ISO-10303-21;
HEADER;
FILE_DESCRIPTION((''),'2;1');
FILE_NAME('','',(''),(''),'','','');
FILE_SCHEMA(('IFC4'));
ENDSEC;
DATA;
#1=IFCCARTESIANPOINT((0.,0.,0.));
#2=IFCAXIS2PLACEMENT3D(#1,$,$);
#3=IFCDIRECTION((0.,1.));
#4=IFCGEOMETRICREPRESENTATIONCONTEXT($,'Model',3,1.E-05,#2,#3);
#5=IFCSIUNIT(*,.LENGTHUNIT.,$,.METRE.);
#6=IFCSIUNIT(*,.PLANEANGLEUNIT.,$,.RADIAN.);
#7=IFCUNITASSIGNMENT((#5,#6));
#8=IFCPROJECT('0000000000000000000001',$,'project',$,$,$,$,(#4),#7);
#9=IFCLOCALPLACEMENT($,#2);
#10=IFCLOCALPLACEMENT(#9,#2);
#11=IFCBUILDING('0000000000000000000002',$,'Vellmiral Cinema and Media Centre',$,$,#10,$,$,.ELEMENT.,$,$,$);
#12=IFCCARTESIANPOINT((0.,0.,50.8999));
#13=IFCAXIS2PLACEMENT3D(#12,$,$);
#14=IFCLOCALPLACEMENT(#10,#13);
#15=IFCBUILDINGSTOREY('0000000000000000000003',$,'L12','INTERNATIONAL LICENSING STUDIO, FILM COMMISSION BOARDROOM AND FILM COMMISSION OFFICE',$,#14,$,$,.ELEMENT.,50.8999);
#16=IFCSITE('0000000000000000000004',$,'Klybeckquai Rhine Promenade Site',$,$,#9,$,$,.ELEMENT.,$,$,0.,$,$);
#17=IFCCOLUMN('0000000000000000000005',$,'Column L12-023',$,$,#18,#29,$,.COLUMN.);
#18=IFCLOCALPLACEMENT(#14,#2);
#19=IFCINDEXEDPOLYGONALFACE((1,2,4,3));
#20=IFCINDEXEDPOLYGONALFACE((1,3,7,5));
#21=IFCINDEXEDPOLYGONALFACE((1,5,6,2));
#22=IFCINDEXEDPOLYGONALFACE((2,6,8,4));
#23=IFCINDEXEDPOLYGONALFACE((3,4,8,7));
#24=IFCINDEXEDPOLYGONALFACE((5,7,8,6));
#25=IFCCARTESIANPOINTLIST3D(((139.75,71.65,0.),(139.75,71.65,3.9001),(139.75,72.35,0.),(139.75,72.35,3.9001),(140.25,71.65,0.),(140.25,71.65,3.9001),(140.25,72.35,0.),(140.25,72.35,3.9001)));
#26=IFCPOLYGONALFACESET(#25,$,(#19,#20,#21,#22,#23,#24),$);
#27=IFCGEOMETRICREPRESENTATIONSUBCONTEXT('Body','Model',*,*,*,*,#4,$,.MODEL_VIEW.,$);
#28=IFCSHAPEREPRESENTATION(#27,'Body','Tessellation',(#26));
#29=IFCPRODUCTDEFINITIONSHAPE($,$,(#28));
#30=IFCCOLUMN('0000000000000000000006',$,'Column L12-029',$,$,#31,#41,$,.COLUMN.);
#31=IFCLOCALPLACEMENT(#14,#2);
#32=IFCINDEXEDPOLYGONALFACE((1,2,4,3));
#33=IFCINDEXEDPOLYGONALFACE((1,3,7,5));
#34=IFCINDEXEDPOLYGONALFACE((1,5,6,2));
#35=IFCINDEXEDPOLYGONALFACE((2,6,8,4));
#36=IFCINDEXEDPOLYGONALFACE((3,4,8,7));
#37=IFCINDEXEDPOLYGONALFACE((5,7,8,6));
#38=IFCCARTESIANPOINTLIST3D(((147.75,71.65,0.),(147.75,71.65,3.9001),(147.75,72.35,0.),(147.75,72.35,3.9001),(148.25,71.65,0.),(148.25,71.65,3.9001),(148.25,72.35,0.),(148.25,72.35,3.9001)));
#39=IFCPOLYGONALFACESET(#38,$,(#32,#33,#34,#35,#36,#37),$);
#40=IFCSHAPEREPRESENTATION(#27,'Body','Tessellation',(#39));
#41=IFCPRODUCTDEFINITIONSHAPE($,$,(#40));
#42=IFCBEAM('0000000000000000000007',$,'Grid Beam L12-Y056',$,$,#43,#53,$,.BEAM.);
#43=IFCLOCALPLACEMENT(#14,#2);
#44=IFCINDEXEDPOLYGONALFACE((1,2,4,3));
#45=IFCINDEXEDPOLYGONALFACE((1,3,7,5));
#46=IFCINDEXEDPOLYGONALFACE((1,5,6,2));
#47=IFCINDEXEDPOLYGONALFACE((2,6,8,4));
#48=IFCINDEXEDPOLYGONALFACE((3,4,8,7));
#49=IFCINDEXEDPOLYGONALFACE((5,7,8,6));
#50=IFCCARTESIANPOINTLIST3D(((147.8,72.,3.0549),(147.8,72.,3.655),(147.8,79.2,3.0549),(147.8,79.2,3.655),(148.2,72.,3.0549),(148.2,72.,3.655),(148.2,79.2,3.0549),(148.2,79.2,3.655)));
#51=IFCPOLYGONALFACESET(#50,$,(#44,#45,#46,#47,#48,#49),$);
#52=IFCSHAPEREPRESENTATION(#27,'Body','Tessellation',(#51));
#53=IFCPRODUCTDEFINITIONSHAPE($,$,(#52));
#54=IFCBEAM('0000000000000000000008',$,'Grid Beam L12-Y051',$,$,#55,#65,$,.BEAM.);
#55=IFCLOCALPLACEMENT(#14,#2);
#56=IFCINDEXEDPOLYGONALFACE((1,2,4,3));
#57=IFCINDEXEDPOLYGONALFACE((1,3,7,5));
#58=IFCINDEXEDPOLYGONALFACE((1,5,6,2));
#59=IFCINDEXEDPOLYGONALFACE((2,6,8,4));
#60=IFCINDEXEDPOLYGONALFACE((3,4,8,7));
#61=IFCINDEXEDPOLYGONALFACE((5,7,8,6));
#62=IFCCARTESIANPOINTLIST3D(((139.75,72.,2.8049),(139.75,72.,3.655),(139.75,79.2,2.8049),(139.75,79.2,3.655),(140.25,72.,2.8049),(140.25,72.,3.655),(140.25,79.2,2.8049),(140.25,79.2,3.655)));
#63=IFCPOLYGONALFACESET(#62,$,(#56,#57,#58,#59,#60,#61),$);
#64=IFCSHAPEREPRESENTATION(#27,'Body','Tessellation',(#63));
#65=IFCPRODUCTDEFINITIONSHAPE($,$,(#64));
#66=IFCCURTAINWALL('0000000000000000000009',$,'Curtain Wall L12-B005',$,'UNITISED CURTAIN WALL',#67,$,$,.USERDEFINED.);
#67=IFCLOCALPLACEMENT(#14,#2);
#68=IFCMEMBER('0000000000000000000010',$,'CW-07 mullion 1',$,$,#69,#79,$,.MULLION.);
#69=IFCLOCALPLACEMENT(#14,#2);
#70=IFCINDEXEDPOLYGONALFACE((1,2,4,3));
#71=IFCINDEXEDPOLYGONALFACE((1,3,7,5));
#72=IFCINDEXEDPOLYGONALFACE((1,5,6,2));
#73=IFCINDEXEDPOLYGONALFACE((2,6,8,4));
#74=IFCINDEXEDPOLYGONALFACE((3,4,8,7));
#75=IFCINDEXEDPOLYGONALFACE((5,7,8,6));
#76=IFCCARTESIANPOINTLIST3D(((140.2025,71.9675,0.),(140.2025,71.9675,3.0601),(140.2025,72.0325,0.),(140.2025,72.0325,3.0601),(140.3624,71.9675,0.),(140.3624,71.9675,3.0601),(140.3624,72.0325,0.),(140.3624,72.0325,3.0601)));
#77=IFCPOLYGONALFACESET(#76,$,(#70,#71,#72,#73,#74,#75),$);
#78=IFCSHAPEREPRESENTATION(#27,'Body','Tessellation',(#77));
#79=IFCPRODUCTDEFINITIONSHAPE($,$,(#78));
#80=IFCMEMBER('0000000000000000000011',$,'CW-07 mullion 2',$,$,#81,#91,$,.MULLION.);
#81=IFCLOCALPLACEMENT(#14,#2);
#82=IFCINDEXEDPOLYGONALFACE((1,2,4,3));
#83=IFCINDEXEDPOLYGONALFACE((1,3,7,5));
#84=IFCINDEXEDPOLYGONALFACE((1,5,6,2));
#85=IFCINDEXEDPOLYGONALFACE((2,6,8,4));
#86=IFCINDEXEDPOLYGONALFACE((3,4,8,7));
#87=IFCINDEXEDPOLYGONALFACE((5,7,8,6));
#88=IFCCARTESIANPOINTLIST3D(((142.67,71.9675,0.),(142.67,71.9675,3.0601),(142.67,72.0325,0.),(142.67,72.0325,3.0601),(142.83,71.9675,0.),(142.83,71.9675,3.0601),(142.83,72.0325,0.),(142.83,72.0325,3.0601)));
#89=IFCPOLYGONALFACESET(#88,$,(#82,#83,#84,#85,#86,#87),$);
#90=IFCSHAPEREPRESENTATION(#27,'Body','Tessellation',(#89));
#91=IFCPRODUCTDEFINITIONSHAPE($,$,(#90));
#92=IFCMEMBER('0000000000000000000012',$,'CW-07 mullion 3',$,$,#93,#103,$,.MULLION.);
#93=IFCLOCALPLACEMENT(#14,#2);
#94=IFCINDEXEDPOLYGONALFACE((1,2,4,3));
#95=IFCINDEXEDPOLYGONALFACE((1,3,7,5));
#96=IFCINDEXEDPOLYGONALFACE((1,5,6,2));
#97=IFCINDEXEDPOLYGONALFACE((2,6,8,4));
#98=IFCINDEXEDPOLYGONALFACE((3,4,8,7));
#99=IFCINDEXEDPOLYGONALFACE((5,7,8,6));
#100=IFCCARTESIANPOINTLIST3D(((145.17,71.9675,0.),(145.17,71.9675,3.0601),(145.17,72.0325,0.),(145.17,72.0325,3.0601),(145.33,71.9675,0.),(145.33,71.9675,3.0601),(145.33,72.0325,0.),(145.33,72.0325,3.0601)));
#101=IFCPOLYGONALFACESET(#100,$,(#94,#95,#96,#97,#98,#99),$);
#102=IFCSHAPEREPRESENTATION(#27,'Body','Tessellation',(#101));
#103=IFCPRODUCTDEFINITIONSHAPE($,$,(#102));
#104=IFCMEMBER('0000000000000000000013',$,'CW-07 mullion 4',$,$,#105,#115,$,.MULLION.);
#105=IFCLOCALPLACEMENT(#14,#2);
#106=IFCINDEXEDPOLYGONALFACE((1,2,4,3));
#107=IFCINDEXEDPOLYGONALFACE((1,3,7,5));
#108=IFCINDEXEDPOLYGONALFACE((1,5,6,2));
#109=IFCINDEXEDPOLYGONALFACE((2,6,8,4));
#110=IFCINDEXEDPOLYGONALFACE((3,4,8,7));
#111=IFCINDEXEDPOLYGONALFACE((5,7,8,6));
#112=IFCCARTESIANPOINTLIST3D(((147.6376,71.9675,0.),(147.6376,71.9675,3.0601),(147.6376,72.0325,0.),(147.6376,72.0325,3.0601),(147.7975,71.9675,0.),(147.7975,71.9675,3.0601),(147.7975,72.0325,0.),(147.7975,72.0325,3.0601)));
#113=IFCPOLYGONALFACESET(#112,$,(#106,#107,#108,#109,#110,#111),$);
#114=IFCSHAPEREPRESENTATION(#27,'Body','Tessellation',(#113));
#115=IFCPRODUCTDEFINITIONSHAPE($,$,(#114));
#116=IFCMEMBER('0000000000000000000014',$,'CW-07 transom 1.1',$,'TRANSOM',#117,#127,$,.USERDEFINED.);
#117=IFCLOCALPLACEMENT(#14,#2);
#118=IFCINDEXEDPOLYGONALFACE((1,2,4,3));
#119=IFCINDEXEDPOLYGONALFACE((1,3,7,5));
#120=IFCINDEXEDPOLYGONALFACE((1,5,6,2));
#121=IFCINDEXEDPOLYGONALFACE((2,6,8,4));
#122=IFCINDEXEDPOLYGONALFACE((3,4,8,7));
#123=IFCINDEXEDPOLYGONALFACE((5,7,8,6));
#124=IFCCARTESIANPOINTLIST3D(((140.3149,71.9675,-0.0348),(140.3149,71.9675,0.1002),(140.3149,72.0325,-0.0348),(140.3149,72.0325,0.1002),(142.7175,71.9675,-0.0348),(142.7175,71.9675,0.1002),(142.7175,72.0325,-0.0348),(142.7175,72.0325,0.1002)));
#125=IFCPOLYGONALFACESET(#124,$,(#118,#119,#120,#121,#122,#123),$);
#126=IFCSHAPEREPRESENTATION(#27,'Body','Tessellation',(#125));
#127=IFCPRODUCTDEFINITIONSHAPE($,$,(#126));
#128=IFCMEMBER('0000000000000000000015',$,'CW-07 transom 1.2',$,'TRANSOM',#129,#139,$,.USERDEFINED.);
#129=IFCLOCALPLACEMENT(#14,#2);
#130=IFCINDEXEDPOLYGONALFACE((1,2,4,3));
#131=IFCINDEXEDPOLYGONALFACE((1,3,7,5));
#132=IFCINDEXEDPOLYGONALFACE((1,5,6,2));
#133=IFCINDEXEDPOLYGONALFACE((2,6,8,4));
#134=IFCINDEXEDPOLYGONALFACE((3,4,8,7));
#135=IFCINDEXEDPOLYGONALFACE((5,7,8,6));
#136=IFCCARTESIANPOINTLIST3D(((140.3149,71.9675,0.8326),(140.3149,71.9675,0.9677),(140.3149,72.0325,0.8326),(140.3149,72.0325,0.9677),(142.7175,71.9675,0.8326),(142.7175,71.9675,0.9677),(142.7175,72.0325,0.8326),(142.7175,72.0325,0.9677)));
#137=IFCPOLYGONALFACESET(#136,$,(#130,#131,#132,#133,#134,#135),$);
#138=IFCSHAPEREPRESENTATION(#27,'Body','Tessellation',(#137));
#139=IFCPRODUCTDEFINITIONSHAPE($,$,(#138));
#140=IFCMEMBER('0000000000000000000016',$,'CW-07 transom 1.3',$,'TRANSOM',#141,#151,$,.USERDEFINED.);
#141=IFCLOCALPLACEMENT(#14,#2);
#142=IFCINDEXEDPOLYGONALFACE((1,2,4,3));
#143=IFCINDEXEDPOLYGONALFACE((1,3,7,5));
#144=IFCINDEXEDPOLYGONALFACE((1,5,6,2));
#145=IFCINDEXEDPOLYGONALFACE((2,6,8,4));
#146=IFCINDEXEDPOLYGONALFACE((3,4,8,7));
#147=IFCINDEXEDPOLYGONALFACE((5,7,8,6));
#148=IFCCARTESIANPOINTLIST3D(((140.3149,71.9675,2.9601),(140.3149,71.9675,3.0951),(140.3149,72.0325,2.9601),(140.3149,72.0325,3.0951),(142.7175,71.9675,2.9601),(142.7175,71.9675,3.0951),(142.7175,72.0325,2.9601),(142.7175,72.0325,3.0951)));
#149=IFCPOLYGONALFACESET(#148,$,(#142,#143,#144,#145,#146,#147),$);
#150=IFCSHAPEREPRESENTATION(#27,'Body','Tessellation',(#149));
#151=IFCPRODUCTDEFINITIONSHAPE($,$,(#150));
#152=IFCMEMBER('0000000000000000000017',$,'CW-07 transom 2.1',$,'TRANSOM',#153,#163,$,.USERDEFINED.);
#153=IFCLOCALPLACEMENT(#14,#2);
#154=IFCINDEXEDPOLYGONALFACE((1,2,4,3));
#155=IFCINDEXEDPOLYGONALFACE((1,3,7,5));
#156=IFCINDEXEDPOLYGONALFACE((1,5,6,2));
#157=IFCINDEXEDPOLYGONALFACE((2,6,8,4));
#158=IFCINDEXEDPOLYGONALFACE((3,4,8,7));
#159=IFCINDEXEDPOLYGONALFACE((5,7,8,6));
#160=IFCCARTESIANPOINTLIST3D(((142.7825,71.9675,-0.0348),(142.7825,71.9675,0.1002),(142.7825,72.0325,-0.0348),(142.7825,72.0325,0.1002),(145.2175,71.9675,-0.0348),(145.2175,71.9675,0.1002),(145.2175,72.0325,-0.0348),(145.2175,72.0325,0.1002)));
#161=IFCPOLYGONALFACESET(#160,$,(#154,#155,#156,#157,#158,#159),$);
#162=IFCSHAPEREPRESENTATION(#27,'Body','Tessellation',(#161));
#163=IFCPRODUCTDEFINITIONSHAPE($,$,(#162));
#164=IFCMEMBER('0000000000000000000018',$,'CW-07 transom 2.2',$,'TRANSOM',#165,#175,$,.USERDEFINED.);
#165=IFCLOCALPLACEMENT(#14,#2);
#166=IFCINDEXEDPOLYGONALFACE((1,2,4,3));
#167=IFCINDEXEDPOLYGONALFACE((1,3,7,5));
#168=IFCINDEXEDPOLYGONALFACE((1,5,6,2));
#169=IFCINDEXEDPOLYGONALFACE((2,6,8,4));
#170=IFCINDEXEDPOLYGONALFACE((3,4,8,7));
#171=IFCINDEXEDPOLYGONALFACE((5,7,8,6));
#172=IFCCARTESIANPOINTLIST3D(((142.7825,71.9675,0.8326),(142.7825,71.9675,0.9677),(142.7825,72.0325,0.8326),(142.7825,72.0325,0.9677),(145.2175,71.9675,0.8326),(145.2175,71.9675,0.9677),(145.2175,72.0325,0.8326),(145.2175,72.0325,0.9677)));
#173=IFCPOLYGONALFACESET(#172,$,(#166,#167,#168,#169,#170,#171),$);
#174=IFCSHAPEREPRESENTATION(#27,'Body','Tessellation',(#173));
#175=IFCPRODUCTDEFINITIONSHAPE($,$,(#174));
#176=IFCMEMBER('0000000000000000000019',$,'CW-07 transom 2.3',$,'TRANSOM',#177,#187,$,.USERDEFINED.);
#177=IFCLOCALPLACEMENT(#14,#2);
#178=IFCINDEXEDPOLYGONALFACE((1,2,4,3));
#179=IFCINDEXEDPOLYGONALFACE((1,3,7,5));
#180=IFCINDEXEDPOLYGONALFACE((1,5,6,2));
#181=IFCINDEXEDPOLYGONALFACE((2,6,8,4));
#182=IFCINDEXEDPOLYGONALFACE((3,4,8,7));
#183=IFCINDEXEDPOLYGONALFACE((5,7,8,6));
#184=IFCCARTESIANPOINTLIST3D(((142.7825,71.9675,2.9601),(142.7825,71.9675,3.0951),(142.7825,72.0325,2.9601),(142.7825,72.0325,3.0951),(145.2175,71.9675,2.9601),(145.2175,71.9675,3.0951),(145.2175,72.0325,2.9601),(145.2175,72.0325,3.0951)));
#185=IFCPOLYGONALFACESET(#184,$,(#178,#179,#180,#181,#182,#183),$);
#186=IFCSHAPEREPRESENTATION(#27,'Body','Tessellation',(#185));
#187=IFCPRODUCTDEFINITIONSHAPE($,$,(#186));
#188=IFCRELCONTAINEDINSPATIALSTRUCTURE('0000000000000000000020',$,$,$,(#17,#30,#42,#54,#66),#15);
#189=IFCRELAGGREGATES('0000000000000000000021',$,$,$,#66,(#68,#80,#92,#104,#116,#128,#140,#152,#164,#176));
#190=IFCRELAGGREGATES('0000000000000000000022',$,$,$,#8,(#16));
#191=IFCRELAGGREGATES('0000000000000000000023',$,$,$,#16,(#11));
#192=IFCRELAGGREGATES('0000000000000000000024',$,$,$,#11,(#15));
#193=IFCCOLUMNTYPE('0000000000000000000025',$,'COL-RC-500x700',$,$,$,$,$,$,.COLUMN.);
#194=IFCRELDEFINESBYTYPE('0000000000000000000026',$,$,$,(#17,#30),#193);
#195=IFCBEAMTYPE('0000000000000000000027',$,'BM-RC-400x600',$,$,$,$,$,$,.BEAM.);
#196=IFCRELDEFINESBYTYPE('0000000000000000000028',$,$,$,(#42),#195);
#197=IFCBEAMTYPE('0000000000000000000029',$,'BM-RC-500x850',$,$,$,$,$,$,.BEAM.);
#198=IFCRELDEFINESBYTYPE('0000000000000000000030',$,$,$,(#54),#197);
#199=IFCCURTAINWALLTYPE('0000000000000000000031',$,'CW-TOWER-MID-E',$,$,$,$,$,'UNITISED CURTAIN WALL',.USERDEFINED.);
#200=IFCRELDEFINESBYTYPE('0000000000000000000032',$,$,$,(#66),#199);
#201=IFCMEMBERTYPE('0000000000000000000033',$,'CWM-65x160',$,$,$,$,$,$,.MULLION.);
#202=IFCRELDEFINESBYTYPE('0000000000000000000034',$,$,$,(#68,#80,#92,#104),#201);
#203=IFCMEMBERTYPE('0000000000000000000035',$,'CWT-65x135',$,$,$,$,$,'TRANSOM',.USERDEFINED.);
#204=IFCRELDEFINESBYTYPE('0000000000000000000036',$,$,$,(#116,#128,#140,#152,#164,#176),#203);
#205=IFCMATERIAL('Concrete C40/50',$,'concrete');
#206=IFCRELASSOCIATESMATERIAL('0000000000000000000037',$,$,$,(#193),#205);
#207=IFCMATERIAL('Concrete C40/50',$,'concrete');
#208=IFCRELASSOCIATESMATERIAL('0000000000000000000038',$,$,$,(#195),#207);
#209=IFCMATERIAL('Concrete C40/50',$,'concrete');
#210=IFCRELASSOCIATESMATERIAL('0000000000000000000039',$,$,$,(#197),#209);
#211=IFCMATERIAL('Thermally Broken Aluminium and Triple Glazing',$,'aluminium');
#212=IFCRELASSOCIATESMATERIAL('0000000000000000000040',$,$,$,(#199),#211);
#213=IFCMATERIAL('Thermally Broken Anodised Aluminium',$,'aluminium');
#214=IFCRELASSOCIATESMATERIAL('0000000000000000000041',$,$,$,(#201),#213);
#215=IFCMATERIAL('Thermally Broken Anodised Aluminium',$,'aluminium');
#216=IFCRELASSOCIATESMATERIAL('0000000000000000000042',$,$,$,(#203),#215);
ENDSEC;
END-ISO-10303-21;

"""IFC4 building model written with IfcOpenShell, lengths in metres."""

from ifc_helpers import new_model, si_unit, direction, frame, origin, origin_2d, place, context, subcontext, project, spatial, rectangle, extrude, material, material_profile, profile_set, type_object, element, aggregate, save


model = new_model("IFC4")

# Units and contexts
model_context = context("Model", 3, precision=1e-05, world=origin(), true_north=direction((0.0, 1.0)))
body_context = subcontext(model_context, "Body", "Model", "MODEL_VIEW")
ifc_project = project(units=[si_unit("LENGTHUNIT", "METRE"), si_unit("PLANEANGLEUNIT", "RADIAN")], contexts=[model_context])

# Site, building, storey
site_placement = place(None, origin())
site = spatial("IfcSite", under=ifc_project, at=site_placement, Name="Klybeckquai Rhine Promenade Site", CompositionType="ELEMENT", RefElevation=0.0)
building_placement = place(site_placement, origin())
building = spatial("IfcBuilding", under=site, at=building_placement, Name="Vellmiral Cinema and Media Centre", CompositionType="ELEMENT")
storey_placement = place(building_placement, frame((0.0, 0.0, 50.8999)))
storey = spatial("IfcBuildingStorey", under=building, at=storey_placement, Name="L12", Description="INTERNATIONAL LICENSING STUDIO, FILM COMMISSION BOARDROOM AND FILM COMMISSION OFFICE", CompositionType="ELEMENT", Elevation=50.8999)

# Columns
ifc_material_1 = material(Name="Concrete C40/50", Category="concrete")
ifc_material_profile_1 = material_profile(ifc_material_1, rectangle(XDim=0.5, YDim=0.7, at=origin_2d()), Name="RC 500x700")
ifc_profile_set_1 = profile_set([ifc_material_profile_1], Name="Concrete C40/50")
column_type = type_object("IfcColumnType", Name="COL-RC-500x700", PredefinedType="COLUMN", material=ifc_profile_set_1)
for number, where, z_axis, x_axis, name in (
    (1, (140.0, 72.0, 0.0), (0.0, 0.0, 1.0), (1.0, 0.0, 0.0), "Column L12-023"),
    (2, (148.0, 72.0, 0.0), (0.0, 0.0, 1.0), (1.0, 0.0, 0.0), "Column L12-029"),
):
    element("IfcColumn", number, at=place(storey_placement, frame(where, z_axis=z_axis, x_axis=x_axis)), inside=storey, type_object=column_type, Name=name, PredefinedType="COLUMN", context=body_context, shape_type="SweptSolid", body=[
        extrude(rectangle(XDim=0.5, YDim=0.7, at=origin_2d()), origin(), (0.0, 0.0, 1.0), 3.9001),
    ])

# Beams
ifc_material_2 = material(Name="Concrete C40/50", Category="concrete")
ifc_material_profile_2 = material_profile(ifc_material_2, rectangle(XDim=0.3999, YDim=0.6001, at=origin_2d()), Name="RC 400x600")
ifc_profile_set_2 = profile_set([ifc_material_profile_2], Name="Concrete C40/50")
beam_type_1 = type_object("IfcBeamType", Name="BM-RC-400x600", PredefinedType="BEAM", material=ifc_profile_set_2)
beam_1_placement = place(storey_placement, frame((148.0, 72.0, 3.355), z_axis=(0.0, 1.0, 0.0), x_axis=(-1.0, 0.0, 0.0)))
element("IfcBeam", 3, at=beam_1_placement, inside=storey, type_object=beam_type_1, Name="Grid Beam L12-Y056", PredefinedType="BEAM", context=body_context, shape_type="SweptSolid", body=[
    extrude(rectangle(XDim=0.3999, YDim=0.6001, at=origin_2d()), origin(), (0.0, 0.0, 1.0), 7.2),
])
ifc_material_3 = material(Name="Concrete C40/50", Category="concrete")
ifc_material_profile_3 = material_profile(ifc_material_3, rectangle(XDim=0.5, YDim=0.8501, at=origin_2d()), Name="RC 500x850")
ifc_profile_set_3 = profile_set([ifc_material_profile_3], Name="Concrete C40/50")
beam_type_2 = type_object("IfcBeamType", Name="BM-RC-500x850", PredefinedType="BEAM", material=ifc_profile_set_3)
beam_2_placement = place(storey_placement, frame((140.0, 72.0, 3.23), z_axis=(0.0, 1.0, 0.0), x_axis=(-1.0, 0.0, 0.0)))
element("IfcBeam", 4, at=beam_2_placement, inside=storey, type_object=beam_type_2, Name="Grid Beam L12-Y051", PredefinedType="BEAM", context=body_context, shape_type="SweptSolid", body=[
    extrude(rectangle(XDim=0.5, YDim=0.8501, at=origin_2d()), origin(), (0.0, 0.0, 1.0), 7.2),
])

# Curtain wall, members
ifc_material_4 = material(Name="Thermally Broken Aluminium and Triple Glazing", Category="aluminium")
curtain_wall_type = type_object("IfcCurtainWallType", Name="CW-TOWER-MID-E", ElementType="UNITISED CURTAIN WALL", PredefinedType="USERDEFINED", material=ifc_material_4)
curtain_wall_placement = place(storey_placement, origin())
curtain_wall = element("IfcCurtainWall", 5, at=curtain_wall_placement, inside=storey, type_object=curtain_wall_type, Name="Curtain Wall L12-B005", ObjectType="UNITISED CURTAIN WALL", PredefinedType="USERDEFINED")
ifc_material_5 = material(Name="Thermally Broken Anodised Aluminium", Category="aluminium")
ifc_material_profile_4 = material_profile(ifc_material_5, rectangle(XDim=0.0649, YDim=0.1599, at=origin_2d()), Name="MULL 65x160")
ifc_profile_set_4 = profile_set([ifc_material_profile_4], Name="Thermally Broken Anodised Aluminium")
member_type_1 = type_object("IfcMemberType", Name="CWM-65x160", PredefinedType="MULLION", material=ifc_profile_set_4)
member_1_placement = place(storey_placement, frame((140.2825, 72.0, 0.0), z_axis=(0.0, 0.0, 1.0), x_axis=(0.0, 1.0, 0.0)))
member_1 = element("IfcMember", 6, at=member_1_placement, type_object=member_type_1, Name="CW-07 mullion 1", PredefinedType="MULLION", context=body_context, shape_type="SweptSolid", body=[
    extrude(rectangle(XDim=0.0649, YDim=0.1599, at=origin_2d()), origin(), (0.0, 0.0, 1.0), 3.0601),
])
member_2_placement = place(storey_placement, frame((142.75, 72.0, 0.0), z_axis=(0.0, 0.0, 1.0), x_axis=(0.0, 1.0, 0.0)))
member_2 = element("IfcMember", 7, at=member_2_placement, type_object=member_type_1, Name="CW-07 mullion 2", PredefinedType="MULLION", context=body_context, shape_type="SweptSolid", body=[
    extrude(rectangle(XDim=0.0649, YDim=0.1599, at=origin_2d()), origin(), (0.0, 0.0, 1.0), 3.0601),
])
member_3_placement = place(storey_placement, frame((145.25, 72.0, 0.0), z_axis=(0.0, 0.0, 1.0), x_axis=(0.0, 1.0, 0.0)))
member_3 = element("IfcMember", 8, at=member_3_placement, type_object=member_type_1, Name="CW-07 mullion 3", PredefinedType="MULLION", context=body_context, shape_type="SweptSolid", body=[
    extrude(rectangle(XDim=0.0649, YDim=0.1599, at=origin_2d()), origin(), (0.0, 0.0, 1.0), 3.0601),
])
member_4_placement = place(storey_placement, frame((147.7175, 72.0, 0.0), z_axis=(0.0, 0.0, 1.0), x_axis=(0.0, 1.0, 0.0)))
member_4 = element("IfcMember", 9, at=member_4_placement, type_object=member_type_1, Name="CW-07 mullion 4", PredefinedType="MULLION", context=body_context, shape_type="SweptSolid", body=[
    extrude(rectangle(XDim=0.0649, YDim=0.1599, at=origin_2d()), origin(), (0.0, 0.0, 1.0), 3.0601),
])
ifc_material_6 = material(Name="Thermally Broken Anodised Aluminium", Category="aluminium")
ifc_material_profile_5 = material_profile(ifc_material_6, rectangle(XDim=0.0649, YDim=0.135, at=origin_2d()), Name="MULL 65x135")
ifc_profile_set_5 = profile_set([ifc_material_profile_5], Name="Thermally Broken Anodised Aluminium")
member_type_2 = type_object("IfcMemberType", Name="CWT-65x135", ElementType="TRANSOM", PredefinedType="USERDEFINED", material=ifc_profile_set_5)
member_5_placement = place(storey_placement, frame((140.3149, 72.0, 0.0327), z_axis=(1.0, 0.0, 0.0), x_axis=(0.0, 1.0, 0.0)))
member_5 = element("IfcMember", 10, at=member_5_placement, type_object=member_type_2, Name="CW-07 transom 1.1", ObjectType="TRANSOM", PredefinedType="USERDEFINED", context=body_context, shape_type="SweptSolid", body=[
    extrude(rectangle(XDim=0.0649, YDim=0.135, at=origin_2d()), origin(), (0.0, 0.0, 1.0), 2.4026),
])
member_6_placement = place(storey_placement, frame((140.3149, 72.0, 0.9001), z_axis=(1.0, 0.0, 0.0), x_axis=(0.0, 1.0, 0.0)))
member_6 = element("IfcMember", 11, at=member_6_placement, type_object=member_type_2, Name="CW-07 transom 1.2", ObjectType="TRANSOM", PredefinedType="USERDEFINED", context=body_context, shape_type="SweptSolid", body=[
    extrude(rectangle(XDim=0.0649, YDim=0.135, at=origin_2d()), origin(), (0.0, 0.0, 1.0), 2.4026),
])
member_7_placement = place(storey_placement, frame((140.3149, 72.0, 3.0276), z_axis=(1.0, 0.0, 0.0), x_axis=(0.0, 1.0, 0.0)))
member_7 = element("IfcMember", 12, at=member_7_placement, type_object=member_type_2, Name="CW-07 transom 1.3", ObjectType="TRANSOM", PredefinedType="USERDEFINED", context=body_context, shape_type="SweptSolid", body=[
    extrude(rectangle(XDim=0.0649, YDim=0.135, at=origin_2d()), origin(), (0.0, 0.0, 1.0), 2.4026),
])
member_8_placement = place(storey_placement, frame((142.7825, 72.0, 0.0327), z_axis=(1.0, 0.0, 0.0), x_axis=(0.0, 1.0, 0.0)))
member_8 = element("IfcMember", 13, at=member_8_placement, type_object=member_type_2, Name="CW-07 transom 2.1", ObjectType="TRANSOM", PredefinedType="USERDEFINED", context=body_context, shape_type="SweptSolid", body=[
    extrude(rectangle(XDim=0.0649, YDim=0.135, at=origin_2d()), origin(), (0.0, 0.0, 1.0), 2.4351),
])
member_9_placement = place(storey_placement, frame((142.7825, 72.0, 0.9001), z_axis=(1.0, 0.0, 0.0), x_axis=(0.0, 1.0, 0.0)))
member_9 = element("IfcMember", 14, at=member_9_placement, type_object=member_type_2, Name="CW-07 transom 2.2", ObjectType="TRANSOM", PredefinedType="USERDEFINED", context=body_context, shape_type="SweptSolid", body=[
    extrude(rectangle(XDim=0.0649, YDim=0.135, at=origin_2d()), origin(), (0.0, 0.0, 1.0), 2.4351),
])
member_10_placement = place(storey_placement, frame((142.7825, 72.0, 3.0276), z_axis=(1.0, 0.0, 0.0), x_axis=(0.0, 1.0, 0.0)))
member_10 = element("IfcMember", 15, at=member_10_placement, type_object=member_type_2, Name="CW-07 transom 2.3", ObjectType="TRANSOM", PredefinedType="USERDEFINED", context=body_context, shape_type="SweptSolid", body=[
    extrude(rectangle(XDim=0.0649, YDim=0.135, at=origin_2d()), origin(), (0.0, 0.0, 1.0), 2.4351),
])

aggregate(curtain_wall, [member_1, member_2, member_3, member_4, member_5, member_6, member_7, member_8, member_9, member_10])

save(model, "model.ifc")
